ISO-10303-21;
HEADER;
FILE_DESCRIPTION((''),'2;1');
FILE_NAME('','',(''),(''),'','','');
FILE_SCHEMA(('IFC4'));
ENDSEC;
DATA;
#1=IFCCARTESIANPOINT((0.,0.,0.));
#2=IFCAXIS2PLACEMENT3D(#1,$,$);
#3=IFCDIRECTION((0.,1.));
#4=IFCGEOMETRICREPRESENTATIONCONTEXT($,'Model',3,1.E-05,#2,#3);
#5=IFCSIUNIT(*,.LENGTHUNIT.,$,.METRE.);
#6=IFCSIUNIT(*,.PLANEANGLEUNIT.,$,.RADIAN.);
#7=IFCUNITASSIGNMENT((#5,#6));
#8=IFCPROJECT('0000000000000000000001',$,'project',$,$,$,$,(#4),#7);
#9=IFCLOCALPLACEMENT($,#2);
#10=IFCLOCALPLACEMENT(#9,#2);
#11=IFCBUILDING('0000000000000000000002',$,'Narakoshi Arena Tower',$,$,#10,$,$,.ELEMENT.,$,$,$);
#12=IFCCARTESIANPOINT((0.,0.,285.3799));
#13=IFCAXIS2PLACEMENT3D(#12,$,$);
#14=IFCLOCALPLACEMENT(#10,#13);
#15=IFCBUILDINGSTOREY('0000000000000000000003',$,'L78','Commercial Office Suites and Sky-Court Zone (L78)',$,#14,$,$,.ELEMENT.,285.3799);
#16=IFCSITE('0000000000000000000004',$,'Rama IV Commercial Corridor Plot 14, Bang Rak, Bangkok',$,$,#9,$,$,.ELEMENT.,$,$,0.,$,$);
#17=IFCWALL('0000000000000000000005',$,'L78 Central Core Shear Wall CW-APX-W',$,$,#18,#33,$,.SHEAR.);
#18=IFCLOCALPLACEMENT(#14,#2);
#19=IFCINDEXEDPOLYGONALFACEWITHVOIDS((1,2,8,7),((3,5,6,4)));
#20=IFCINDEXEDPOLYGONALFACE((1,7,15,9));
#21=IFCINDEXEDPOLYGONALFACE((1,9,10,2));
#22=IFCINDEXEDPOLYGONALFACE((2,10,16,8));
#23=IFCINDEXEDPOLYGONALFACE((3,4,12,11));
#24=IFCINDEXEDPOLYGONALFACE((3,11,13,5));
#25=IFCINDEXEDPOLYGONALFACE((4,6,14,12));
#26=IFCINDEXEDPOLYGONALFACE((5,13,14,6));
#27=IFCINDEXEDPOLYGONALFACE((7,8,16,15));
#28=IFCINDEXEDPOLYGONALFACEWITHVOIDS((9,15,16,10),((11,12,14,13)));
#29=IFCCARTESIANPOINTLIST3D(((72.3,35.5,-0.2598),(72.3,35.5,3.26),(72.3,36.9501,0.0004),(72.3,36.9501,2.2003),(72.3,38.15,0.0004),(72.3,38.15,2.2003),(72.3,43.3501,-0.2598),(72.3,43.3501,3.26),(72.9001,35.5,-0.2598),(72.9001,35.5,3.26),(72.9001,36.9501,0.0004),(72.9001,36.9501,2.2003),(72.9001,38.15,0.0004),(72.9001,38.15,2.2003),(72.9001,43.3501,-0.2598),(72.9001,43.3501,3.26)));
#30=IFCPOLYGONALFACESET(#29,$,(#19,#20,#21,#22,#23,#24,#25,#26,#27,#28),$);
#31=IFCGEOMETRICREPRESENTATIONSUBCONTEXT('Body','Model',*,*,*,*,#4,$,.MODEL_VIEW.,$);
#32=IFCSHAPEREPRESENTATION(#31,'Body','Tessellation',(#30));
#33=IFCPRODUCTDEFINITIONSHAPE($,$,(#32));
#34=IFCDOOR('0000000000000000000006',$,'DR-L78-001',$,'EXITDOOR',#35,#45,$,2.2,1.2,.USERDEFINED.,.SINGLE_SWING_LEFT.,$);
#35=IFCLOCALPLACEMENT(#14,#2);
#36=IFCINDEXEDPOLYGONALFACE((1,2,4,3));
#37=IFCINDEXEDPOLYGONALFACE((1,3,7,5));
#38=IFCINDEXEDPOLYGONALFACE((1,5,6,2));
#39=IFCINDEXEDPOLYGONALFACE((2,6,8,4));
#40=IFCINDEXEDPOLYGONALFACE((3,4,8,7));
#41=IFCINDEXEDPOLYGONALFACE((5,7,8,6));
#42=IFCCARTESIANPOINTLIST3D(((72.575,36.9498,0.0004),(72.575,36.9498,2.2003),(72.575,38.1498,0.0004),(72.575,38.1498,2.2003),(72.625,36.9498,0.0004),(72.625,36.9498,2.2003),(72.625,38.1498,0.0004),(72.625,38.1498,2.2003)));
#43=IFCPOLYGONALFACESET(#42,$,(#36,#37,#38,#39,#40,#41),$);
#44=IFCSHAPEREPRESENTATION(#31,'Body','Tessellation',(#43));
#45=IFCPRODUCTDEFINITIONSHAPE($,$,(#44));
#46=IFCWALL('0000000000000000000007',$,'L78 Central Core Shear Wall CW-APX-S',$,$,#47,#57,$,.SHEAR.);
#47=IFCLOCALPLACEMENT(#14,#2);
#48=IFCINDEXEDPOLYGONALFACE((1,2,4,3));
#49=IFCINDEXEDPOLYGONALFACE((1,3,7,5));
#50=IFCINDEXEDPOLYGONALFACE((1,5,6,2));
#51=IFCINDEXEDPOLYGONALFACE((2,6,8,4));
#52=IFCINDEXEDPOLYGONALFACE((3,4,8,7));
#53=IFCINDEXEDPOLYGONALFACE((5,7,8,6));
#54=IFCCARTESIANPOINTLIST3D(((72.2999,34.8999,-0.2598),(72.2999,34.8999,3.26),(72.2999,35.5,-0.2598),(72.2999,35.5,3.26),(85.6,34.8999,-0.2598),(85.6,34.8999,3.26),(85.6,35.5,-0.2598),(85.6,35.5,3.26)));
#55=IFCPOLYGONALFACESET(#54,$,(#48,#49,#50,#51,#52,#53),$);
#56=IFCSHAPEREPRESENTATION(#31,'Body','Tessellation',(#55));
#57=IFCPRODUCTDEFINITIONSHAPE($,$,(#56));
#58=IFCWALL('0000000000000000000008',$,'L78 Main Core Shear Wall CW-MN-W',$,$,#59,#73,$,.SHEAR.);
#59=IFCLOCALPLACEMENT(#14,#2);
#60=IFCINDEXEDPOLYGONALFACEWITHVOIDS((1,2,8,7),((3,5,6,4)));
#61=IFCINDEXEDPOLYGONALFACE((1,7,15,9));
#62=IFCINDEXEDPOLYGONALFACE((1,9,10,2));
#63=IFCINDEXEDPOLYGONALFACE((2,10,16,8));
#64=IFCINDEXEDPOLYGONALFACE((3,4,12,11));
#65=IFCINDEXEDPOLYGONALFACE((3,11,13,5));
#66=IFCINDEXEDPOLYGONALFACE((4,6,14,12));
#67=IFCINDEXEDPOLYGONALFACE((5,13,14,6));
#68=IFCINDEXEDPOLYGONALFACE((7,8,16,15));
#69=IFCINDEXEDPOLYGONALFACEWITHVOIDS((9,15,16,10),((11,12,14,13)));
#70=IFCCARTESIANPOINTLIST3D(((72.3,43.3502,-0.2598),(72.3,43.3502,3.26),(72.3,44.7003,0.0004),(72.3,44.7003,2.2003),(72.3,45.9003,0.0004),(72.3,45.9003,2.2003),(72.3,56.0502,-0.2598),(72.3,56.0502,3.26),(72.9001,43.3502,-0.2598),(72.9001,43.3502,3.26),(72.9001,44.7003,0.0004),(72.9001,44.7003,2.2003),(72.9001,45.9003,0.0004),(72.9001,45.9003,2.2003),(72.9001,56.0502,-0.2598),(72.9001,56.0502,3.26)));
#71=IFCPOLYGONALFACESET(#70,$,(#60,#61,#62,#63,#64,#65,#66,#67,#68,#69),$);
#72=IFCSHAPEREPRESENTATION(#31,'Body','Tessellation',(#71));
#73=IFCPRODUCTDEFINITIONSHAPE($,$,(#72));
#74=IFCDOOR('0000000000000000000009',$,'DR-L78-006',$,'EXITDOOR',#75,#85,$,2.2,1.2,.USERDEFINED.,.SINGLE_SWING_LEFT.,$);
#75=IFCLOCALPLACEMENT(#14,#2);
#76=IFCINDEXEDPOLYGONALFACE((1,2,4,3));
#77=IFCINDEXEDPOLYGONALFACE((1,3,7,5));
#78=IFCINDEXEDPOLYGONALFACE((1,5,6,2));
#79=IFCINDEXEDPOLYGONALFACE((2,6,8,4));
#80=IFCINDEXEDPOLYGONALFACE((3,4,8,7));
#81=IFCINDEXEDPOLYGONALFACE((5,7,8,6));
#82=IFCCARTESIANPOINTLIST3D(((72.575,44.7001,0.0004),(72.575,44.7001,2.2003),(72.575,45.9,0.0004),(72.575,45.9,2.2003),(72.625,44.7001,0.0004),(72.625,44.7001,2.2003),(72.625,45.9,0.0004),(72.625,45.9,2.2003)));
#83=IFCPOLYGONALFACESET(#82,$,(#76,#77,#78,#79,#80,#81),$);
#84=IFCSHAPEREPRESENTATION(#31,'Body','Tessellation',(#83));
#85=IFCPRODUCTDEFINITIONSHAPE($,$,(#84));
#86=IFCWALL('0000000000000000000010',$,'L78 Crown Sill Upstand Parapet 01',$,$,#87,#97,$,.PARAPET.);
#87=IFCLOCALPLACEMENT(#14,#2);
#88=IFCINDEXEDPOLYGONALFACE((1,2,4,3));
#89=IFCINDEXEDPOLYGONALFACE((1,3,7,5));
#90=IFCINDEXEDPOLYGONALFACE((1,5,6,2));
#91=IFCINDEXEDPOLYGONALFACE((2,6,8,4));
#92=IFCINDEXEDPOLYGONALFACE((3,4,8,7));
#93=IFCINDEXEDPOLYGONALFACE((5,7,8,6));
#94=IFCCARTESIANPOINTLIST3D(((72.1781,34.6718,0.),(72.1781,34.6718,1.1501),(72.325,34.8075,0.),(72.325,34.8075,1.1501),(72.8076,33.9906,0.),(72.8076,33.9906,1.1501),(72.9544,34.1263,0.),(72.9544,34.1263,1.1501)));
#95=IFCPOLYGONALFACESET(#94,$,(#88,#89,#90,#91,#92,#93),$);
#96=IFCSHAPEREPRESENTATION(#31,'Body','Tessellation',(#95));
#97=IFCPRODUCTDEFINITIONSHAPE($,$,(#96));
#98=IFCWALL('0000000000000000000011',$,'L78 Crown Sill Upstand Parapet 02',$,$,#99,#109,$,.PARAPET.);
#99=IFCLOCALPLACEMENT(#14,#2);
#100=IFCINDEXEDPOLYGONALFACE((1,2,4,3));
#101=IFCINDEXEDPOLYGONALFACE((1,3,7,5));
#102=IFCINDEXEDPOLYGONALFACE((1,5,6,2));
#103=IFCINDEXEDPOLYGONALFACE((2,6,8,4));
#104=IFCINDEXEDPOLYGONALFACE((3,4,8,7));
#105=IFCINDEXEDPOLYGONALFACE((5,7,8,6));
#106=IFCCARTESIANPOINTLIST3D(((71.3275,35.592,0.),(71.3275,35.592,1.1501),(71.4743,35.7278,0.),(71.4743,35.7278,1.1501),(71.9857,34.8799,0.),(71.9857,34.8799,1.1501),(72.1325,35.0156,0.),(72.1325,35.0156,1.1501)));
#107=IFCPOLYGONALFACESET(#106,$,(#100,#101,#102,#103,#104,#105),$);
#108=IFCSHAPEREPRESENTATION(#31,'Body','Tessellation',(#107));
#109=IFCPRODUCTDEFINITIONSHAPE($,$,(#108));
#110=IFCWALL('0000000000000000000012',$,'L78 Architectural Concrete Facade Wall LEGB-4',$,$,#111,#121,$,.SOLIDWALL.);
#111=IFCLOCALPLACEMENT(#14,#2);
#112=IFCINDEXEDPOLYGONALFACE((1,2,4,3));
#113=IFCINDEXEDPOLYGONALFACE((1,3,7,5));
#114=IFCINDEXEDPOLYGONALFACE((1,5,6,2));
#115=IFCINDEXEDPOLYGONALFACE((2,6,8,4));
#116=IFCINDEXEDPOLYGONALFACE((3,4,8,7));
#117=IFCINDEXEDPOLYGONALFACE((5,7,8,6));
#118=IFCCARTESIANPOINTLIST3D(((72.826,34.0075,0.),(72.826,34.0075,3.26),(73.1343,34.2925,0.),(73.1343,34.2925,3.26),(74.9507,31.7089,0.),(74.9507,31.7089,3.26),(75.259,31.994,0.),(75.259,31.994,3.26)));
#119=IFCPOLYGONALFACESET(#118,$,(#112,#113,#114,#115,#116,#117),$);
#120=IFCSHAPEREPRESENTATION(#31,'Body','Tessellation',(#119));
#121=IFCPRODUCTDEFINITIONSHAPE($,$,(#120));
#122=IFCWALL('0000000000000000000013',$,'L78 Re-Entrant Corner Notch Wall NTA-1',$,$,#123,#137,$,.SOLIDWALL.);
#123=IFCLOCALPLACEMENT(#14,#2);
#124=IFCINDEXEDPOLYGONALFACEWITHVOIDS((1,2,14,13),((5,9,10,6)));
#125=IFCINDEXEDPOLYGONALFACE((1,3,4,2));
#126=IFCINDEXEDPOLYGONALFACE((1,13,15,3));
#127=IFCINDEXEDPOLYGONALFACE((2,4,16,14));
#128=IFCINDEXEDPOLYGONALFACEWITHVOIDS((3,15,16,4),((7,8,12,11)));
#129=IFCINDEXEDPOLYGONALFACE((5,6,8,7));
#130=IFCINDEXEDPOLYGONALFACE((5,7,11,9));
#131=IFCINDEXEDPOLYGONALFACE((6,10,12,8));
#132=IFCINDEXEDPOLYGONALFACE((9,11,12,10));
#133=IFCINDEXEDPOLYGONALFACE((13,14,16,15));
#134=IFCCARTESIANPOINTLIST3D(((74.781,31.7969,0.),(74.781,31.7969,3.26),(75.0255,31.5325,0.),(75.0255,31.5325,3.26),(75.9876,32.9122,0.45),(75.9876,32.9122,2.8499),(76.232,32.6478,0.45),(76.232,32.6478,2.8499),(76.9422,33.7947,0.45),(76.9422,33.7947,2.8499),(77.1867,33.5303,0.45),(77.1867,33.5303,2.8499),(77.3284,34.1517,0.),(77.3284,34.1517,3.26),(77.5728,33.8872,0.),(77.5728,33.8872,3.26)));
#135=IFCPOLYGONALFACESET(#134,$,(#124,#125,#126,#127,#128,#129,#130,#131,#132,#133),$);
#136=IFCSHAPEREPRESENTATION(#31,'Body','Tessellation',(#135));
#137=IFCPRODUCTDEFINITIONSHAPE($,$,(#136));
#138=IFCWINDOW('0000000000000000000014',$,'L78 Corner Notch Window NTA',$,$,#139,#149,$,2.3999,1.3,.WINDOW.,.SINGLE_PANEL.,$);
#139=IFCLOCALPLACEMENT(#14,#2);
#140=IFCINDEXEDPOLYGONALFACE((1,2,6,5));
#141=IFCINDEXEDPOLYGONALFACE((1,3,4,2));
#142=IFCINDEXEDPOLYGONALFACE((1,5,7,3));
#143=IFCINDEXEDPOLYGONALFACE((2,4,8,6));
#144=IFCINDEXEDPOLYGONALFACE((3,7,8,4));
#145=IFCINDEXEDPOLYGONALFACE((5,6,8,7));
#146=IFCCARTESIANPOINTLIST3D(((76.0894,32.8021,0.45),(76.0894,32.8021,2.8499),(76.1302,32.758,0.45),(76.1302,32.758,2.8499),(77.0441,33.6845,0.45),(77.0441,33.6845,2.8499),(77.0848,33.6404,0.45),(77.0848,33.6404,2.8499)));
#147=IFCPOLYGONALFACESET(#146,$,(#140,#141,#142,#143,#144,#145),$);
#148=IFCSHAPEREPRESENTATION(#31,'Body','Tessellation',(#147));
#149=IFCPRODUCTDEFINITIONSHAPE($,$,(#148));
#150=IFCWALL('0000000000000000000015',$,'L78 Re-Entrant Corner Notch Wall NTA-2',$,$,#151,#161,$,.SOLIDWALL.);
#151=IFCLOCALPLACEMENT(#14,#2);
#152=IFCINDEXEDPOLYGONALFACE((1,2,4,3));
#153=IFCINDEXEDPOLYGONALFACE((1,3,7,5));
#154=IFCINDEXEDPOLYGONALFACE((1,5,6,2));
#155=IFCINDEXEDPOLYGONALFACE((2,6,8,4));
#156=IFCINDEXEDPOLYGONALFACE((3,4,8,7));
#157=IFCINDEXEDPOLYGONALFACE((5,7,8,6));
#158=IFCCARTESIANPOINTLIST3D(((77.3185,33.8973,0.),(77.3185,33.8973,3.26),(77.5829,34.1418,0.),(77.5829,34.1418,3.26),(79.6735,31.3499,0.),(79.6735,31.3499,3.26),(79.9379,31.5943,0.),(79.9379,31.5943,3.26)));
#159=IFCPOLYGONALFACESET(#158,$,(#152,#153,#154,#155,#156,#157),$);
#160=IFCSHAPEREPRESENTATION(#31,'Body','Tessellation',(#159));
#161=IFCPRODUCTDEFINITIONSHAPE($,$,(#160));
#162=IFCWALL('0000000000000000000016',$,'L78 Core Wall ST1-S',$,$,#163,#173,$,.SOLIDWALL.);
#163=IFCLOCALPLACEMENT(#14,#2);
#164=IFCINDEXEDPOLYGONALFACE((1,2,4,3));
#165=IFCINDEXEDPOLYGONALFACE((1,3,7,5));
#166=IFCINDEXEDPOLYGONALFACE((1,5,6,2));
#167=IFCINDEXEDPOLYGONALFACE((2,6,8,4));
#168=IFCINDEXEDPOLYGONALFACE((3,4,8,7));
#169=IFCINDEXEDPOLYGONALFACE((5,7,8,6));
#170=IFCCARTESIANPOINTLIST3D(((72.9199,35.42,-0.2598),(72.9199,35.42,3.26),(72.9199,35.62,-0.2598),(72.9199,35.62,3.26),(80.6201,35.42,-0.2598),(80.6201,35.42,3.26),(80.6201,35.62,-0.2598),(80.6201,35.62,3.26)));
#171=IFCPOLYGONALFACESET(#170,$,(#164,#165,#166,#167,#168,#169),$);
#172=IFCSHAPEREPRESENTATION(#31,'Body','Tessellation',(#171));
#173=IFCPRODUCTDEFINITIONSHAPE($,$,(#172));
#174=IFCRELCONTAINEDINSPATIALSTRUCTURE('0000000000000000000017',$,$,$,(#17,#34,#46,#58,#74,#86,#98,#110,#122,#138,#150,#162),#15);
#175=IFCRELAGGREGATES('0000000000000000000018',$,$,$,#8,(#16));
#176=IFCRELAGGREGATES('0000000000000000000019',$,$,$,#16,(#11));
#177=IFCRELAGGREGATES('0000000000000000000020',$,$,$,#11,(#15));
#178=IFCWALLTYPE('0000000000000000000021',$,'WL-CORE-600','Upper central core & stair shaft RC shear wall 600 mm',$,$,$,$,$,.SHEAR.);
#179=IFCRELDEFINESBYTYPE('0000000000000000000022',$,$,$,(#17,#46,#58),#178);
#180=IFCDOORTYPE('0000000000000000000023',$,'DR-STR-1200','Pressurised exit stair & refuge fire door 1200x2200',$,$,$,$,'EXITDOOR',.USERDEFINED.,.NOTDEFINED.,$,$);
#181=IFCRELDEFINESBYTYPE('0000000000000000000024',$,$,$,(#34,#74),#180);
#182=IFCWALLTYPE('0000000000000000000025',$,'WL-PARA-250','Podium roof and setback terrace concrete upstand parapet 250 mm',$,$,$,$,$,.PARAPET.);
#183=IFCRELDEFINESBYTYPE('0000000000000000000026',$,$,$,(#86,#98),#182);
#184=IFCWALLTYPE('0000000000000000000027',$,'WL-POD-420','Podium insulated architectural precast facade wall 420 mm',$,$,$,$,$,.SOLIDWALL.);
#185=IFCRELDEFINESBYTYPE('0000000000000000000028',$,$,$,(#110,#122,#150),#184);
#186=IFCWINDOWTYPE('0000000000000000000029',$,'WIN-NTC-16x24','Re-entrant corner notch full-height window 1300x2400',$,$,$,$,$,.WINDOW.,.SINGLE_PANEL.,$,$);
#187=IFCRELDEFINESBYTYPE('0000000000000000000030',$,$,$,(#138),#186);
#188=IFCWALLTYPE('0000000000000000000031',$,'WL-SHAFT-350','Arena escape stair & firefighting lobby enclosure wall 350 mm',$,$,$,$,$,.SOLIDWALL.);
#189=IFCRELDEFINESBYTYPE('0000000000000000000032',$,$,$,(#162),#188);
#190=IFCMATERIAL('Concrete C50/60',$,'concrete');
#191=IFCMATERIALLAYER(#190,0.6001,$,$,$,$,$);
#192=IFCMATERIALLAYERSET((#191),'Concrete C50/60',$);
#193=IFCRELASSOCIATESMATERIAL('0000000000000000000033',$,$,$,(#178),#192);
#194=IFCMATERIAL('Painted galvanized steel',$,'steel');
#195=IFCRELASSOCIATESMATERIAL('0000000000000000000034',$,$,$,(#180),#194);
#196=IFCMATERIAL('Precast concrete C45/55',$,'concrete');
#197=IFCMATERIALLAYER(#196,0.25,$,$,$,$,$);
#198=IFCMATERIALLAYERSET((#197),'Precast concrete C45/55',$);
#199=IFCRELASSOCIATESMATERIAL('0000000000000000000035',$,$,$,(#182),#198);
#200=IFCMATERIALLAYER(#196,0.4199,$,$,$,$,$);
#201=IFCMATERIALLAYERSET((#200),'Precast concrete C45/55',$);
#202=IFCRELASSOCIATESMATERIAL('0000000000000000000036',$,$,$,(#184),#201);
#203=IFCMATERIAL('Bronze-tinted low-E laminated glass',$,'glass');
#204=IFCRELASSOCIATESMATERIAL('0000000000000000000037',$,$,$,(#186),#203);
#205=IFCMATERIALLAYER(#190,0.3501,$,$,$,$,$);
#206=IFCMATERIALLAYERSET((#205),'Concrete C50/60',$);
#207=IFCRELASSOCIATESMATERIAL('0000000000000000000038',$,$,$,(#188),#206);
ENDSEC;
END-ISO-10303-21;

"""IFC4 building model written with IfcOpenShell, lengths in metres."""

from ifc_helpers import new_model, si_unit, direction, frame, frame_2d, origin, place, context, subcontext, project, spatial, rectangle, extrude, material, layer, layer_set, type_object, element, fill, save


model = new_model("IFC4")

# Units and contexts
model_context = context("Model", 3, precision=1e-05, world=origin(), true_north=direction((0.0, 1.0)))
body_context = subcontext(model_context, "Body", "Model", "MODEL_VIEW")
ifc_project = project(units=[si_unit("LENGTHUNIT", "METRE"), si_unit("PLANEANGLEUNIT", "RADIAN")], contexts=[model_context])

# Site, building, storey
site_placement = place(None, origin())
site = spatial("IfcSite", under=ifc_project, at=site_placement, Name="Rama IV Commercial Corridor Plot 14, Bang Rak, Bangkok", CompositionType="ELEMENT", RefElevation=0.0)
building_placement = place(site_placement, origin())
building = spatial("IfcBuilding", under=site, at=building_placement, Name="Narakoshi Arena Tower", CompositionType="ELEMENT")
storey_placement = place(building_placement, frame((0.0, 0.0, 285.3799)))
storey = spatial("IfcBuildingStorey", under=building, at=storey_placement, Name="L78", Description="Commercial Office Suites and Sky-Court Zone (L78)", CompositionType="ELEMENT", Elevation=285.3799)

# Wall, opening, door
ifc_material_1 = material(Name="Concrete C50/60", Category="concrete")
ifc_layer_1 = layer(ifc_material_1, 0.6001)
ifc_layer_set_1 = layer_set([ifc_layer_1], Name="Concrete C50/60")
wall_type_1 = type_object("IfcWallType", Name="WL-CORE-600", Description="Upper central core & stair shaft RC shear wall 600 mm", PredefinedType="SHEAR", material=ifc_layer_set_1)
wall_1_placement = place(storey_placement, frame((72.6001, 35.5, -0.2598), z_axis=(0.0, 0.0, 1.0), x_axis=(0.0, 1.0, 0.0)))
wall_1 = element("IfcWall", 1, at=wall_1_placement, inside=storey, type_object=wall_type_1, Name="L78 Central Core Shear Wall CW-APX-W", PredefinedType="SHEAR", context=body_context, shape_type="SweptSolid", body=[
    extrude(rectangle(XDim=7.8501, YDim=0.6001, at=frame_2d((3.925, 0.0))), origin(), (0.0, 0.0, 1.0), 3.5198),
])
opening_1_placement = place(wall_1_placement, frame((1.45, 0.0, 0.26)))
opening_1 = element("IfcOpeningElement", 2, at=opening_1_placement, cuts=wall_1, PredefinedType="OPENING", context=body_context, shape_type="SweptSolid", body=[
    extrude(rectangle(XDim=1.2, YDim=2.2, at=frame_2d((0.6001, 1.1001))), frame((0.0, 0.3101, 0.0), z_axis=(0.0, -1.0, 0.0), x_axis=(1.0, 0.0, 0.0)), (0.0, 0.0, 1.0), 0.6201),
])
ifc_material_2 = material(Name="Painted galvanized steel", Category="steel")
door_type = type_object("IfcDoorType", Name="DR-STR-1200", Description="Pressurised exit stair & refuge fire door 1200x2200", ElementType="EXITDOOR", OperationType="NOTDEFINED", PredefinedType="USERDEFINED", material=ifc_material_2)
door_1_placement = place(opening_1_placement, frame((1.2, 0.0, 0.0), z_axis=(0.0, 0.0, 1.0), x_axis=(-1.0, 0.0, 0.0)))
door_1 = element("IfcDoor", 3, at=door_1_placement, inside=storey, type_object=door_type, Name="DR-L78-001", ObjectType="EXITDOOR", OperationType="SINGLE_SWING_LEFT", OverallHeight=2.2, OverallWidth=1.2, PredefinedType="USERDEFINED", context=body_context, shape_type="SweptSolid", body=[
    extrude(rectangle(XDim=1.2, YDim=2.2, at=frame_2d((0.6001, 1.1001))), frame((0.0, 0.0249, 0.0), z_axis=(0.0, -1.0, 0.0), x_axis=(1.0, 0.0, 0.0)), (0.0, 0.0, 1.0), 0.05),
])
fill(opening_1, door_1)

# Wall
wall_2_placement = place(storey_placement, frame((72.3, 35.2, -0.2598), z_axis=(0.0, 0.0, 1.0), x_axis=(1.0, 0.0, 0.0)))
element("IfcWall", 4, at=wall_2_placement, inside=storey, type_object=wall_type_1, Name="L78 Central Core Shear Wall CW-APX-S", PredefinedType="SHEAR", context=body_context, shape_type="SweptSolid", body=[
    extrude(rectangle(XDim=13.3, YDim=0.6001, at=frame_2d((6.6499, 0.0))), origin(), (0.0, 0.0, 1.0), 3.5198),
])

# Wall, opening, door
wall_3_placement = place(storey_placement, frame((72.6001, 43.3501, -0.2598), z_axis=(0.0, 0.0, 1.0), x_axis=(0.0, 1.0, 0.0)))
wall_3 = element("IfcWall", 5, at=wall_3_placement, inside=storey, type_object=wall_type_1, Name="L78 Main Core Shear Wall CW-MN-W", PredefinedType="SHEAR", context=body_context, shape_type="SweptSolid", body=[
    extrude(rectangle(XDim=12.7, YDim=0.6001, at=frame_2d((6.3501, 0.0))), origin(), (0.0, 0.0, 1.0), 3.5198),
])
opening_2_placement = place(wall_3_placement, frame((1.3501, 0.0, 0.26)))
opening_2 = element("IfcOpeningElement", 6, at=opening_2_placement, cuts=wall_3, PredefinedType="OPENING", context=body_context, shape_type="SweptSolid", body=[
    extrude(rectangle(XDim=1.2, YDim=2.2, at=frame_2d((0.6001, 1.1001))), frame((0.0, 0.3101, 0.0), z_axis=(0.0, -1.0, 0.0), x_axis=(1.0, 0.0, 0.0)), (0.0, 0.0, 1.0), 0.6201),
])
door_2_placement = place(opening_2_placement, frame((1.2, 0.0, 0.0), z_axis=(0.0, 0.0, 1.0), x_axis=(-1.0, 0.0, 0.0)))
door_2 = element("IfcDoor", 7, at=door_2_placement, inside=storey, type_object=door_type, Name="DR-L78-006", ObjectType="EXITDOOR", OperationType="SINGLE_SWING_LEFT", OverallHeight=2.2, OverallWidth=1.2, PredefinedType="USERDEFINED", context=body_context, shape_type="SweptSolid", body=[
    extrude(rectangle(XDim=1.2, YDim=2.2, at=frame_2d((0.6001, 1.1001))), frame((0.0, 0.0249, 0.0), z_axis=(0.0, -1.0, 0.0), x_axis=(1.0, 0.0, 0.0)), (0.0, 0.0, 1.0), 0.05),
])
fill(opening_2, door_2)

# Walls
ifc_material_3 = material(Name="Precast concrete C45/55", Category="concrete")
ifc_layer_2 = layer(ifc_material_3, 0.25)
ifc_layer_set_2 = layer_set([ifc_layer_2], Name="Precast concrete C45/55")
wall_type_2 = type_object("IfcWallType", Name="WL-PARA-250", Description="Podium roof and setback terrace concrete upstand parapet 250 mm", PredefinedType="PARAPET", material=ifc_layer_set_2)
wall_4_placement = place(storey_placement, frame((72.8811, 34.0583, 0.0), z_axis=(0.0, 0.0, 1.0), x_axis=(-0.678652, 0.73446, 0.0)))
element("IfcWall", 8, at=wall_4_placement, inside=storey, type_object=wall_type_2, Name="L78 Crown Sill Upstand Parapet 01", PredefinedType="PARAPET", context=body_context, shape_type="SweptSolid", body=[
    extrude(rectangle(XDim=0.9275, YDim=0.2, at=frame_2d((0.4639, 0.0))), origin(), (0.0, 0.0, 1.0), 1.1501),
])
wall_5_placement = place(storey_placement, frame((72.0591, 34.9478, 0.0), z_axis=(0.0, 0.0, 1.0), x_axis=(-0.67874, 0.734379, 0.0)))
element("IfcWall", 9, at=wall_5_placement, inside=storey, type_object=wall_type_2, Name="L78 Crown Sill Upstand Parapet 02", PredefinedType="PARAPET", context=body_context, shape_type="SweptSolid", body=[
    extrude(rectangle(XDim=0.9697, YDim=0.2, at=frame_2d((0.4849, 0.0))), origin(), (0.0, 0.0, 1.0), 1.1501),
])
ifc_layer_3 = layer(ifc_material_3, 0.4199)
ifc_layer_set_3 = layer_set([ifc_layer_3], Name="Precast concrete C45/55")
wall_type_3 = type_object("IfcWallType", Name="WL-POD-420", Description="Podium insulated architectural precast facade wall 420 mm", PredefinedType="SOLIDWALL", material=ifc_layer_set_3)
wall_6_placement = place(storey_placement, frame((72.9802, 34.1499, 0.0), z_axis=(0.0, 0.0, 1.0), x_axis=(0.678795, -0.734328, 0.0)))
element("IfcWall", 10, at=wall_6_placement, inside=storey, type_object=wall_type_3, Name="L78 Architectural Concrete Facade Wall LEGB-4", PredefinedType="SOLIDWALL", context=body_context, shape_type="SweptSolid", body=[
    extrude(rectangle(XDim=3.1301, YDim=0.4199, at=frame_2d((1.5649, 0.0))), origin(), (0.0, 0.0, 1.0), 3.26),
])

# Wall, opening, window
wall_7_placement = place(storey_placement, frame((74.9033, 31.6648, 0.0), z_axis=(0.0, 0.0, 1.0), x_axis=(0.734326, 0.678797, 0.0)))
wall_7 = element("IfcWall", 11, at=wall_7_placement, inside=storey, type_object=wall_type_3, Name="L78 Re-Entrant Corner Notch Wall NTA-1", PredefinedType="SOLIDWALL", context=body_context, shape_type="SweptSolid", body=[
    extrude(rectangle(XDim=3.469, YDim=0.3601, at=frame_2d((1.7344, 0.0))), origin(), (0.0, 0.0, 1.0), 3.26),
])
opening_3_placement = place(wall_7_placement, frame((1.6431, 0.0, 0.45)))
opening_3 = element("IfcOpeningElement", 12, at=opening_3_placement, cuts=wall_7, PredefinedType="OPENING", context=body_context, shape_type="SweptSolid", body=[
    extrude(rectangle(XDim=1.3, YDim=2.3999, at=frame_2d((0.6499, 1.2))), frame((0.0, 0.1899, 0.0), z_axis=(0.0, -1.0, 0.0), x_axis=(1.0, 0.0, 0.0)), (0.0, 0.0, 1.0), 0.3801),
])
ifc_material_4 = material(Name="Bronze-tinted low-E laminated glass", Category="glass")
window_type = type_object("IfcWindowType", Name="WIN-NTC-16x24", Description="Re-entrant corner notch full-height window 1300x2400", PartitioningType="SINGLE_PANEL", PredefinedType="WINDOW", material=ifc_material_4)
window_placement = place(opening_3_placement, origin())
window = element("IfcWindow", 13, at=window_placement, inside=storey, type_object=window_type, Name="L78 Corner Notch Window NTA", OverallHeight=2.3999, OverallWidth=1.3, PartitioningType="SINGLE_PANEL", PredefinedType="WINDOW", context=body_context, shape_type="SweptSolid", body=[
    extrude(rectangle(XDim=1.3, YDim=2.3999, at=frame_2d((0.6499, 1.2))), frame((0.0, 0.03, 0.0), z_axis=(0.0, -1.0, 0.0), x_axis=(1.0, 0.0, 0.0)), (0.0, 0.0, 1.0), 0.0601),
])
fill(opening_3, window)

# Walls
wall_8_placement = place(storey_placement, frame((77.4507, 34.0195, 0.0), z_axis=(0.0, 0.0, 1.0), x_axis=(0.678835, -0.734291, 0.0)))
element("IfcWall", 14, at=wall_8_placement, inside=storey, type_object=wall_type_3, Name="L78 Re-Entrant Corner Notch Wall NTA-2", PredefinedType="SOLIDWALL", context=body_context, shape_type="SweptSolid", body=[
    extrude(rectangle(XDim=3.4692, YDim=0.3601, at=frame_2d((1.7346, 0.0))), origin(), (0.0, 0.0, 1.0), 3.26),
])
ifc_layer_4 = layer(ifc_material_1, 0.3501)
ifc_layer_set_4 = layer_set([ifc_layer_4], Name="Concrete C50/60")
wall_type_4 = type_object("IfcWallType", Name="WL-SHAFT-350", Description="Arena escape stair & firefighting lobby enclosure wall 350 mm", PredefinedType="SOLIDWALL", material=ifc_layer_set_4)
for number, where, z_axis, x_axis, name in (
    (15, (72.9199, 35.52, -0.2598), (0.0, 0.0, 1.0), (1.0, 0.0, 0.0), "L78 Core Wall ST1-S"),
):
    element("IfcWall", number, at=place(storey_placement, frame(where, z_axis=z_axis, x_axis=x_axis)), inside=storey, type_object=wall_type_4, Name=name, PredefinedType="SOLIDWALL", context=body_context, shape_type="SweptSolid", body=[
        extrude(rectangle(XDim=7.7002, YDim=0.2, at=frame_2d((3.8501, 0.0))), origin(), (0.0, 0.0, 1.0), 3.5198),
    ])

save(model, "model.ifc")
